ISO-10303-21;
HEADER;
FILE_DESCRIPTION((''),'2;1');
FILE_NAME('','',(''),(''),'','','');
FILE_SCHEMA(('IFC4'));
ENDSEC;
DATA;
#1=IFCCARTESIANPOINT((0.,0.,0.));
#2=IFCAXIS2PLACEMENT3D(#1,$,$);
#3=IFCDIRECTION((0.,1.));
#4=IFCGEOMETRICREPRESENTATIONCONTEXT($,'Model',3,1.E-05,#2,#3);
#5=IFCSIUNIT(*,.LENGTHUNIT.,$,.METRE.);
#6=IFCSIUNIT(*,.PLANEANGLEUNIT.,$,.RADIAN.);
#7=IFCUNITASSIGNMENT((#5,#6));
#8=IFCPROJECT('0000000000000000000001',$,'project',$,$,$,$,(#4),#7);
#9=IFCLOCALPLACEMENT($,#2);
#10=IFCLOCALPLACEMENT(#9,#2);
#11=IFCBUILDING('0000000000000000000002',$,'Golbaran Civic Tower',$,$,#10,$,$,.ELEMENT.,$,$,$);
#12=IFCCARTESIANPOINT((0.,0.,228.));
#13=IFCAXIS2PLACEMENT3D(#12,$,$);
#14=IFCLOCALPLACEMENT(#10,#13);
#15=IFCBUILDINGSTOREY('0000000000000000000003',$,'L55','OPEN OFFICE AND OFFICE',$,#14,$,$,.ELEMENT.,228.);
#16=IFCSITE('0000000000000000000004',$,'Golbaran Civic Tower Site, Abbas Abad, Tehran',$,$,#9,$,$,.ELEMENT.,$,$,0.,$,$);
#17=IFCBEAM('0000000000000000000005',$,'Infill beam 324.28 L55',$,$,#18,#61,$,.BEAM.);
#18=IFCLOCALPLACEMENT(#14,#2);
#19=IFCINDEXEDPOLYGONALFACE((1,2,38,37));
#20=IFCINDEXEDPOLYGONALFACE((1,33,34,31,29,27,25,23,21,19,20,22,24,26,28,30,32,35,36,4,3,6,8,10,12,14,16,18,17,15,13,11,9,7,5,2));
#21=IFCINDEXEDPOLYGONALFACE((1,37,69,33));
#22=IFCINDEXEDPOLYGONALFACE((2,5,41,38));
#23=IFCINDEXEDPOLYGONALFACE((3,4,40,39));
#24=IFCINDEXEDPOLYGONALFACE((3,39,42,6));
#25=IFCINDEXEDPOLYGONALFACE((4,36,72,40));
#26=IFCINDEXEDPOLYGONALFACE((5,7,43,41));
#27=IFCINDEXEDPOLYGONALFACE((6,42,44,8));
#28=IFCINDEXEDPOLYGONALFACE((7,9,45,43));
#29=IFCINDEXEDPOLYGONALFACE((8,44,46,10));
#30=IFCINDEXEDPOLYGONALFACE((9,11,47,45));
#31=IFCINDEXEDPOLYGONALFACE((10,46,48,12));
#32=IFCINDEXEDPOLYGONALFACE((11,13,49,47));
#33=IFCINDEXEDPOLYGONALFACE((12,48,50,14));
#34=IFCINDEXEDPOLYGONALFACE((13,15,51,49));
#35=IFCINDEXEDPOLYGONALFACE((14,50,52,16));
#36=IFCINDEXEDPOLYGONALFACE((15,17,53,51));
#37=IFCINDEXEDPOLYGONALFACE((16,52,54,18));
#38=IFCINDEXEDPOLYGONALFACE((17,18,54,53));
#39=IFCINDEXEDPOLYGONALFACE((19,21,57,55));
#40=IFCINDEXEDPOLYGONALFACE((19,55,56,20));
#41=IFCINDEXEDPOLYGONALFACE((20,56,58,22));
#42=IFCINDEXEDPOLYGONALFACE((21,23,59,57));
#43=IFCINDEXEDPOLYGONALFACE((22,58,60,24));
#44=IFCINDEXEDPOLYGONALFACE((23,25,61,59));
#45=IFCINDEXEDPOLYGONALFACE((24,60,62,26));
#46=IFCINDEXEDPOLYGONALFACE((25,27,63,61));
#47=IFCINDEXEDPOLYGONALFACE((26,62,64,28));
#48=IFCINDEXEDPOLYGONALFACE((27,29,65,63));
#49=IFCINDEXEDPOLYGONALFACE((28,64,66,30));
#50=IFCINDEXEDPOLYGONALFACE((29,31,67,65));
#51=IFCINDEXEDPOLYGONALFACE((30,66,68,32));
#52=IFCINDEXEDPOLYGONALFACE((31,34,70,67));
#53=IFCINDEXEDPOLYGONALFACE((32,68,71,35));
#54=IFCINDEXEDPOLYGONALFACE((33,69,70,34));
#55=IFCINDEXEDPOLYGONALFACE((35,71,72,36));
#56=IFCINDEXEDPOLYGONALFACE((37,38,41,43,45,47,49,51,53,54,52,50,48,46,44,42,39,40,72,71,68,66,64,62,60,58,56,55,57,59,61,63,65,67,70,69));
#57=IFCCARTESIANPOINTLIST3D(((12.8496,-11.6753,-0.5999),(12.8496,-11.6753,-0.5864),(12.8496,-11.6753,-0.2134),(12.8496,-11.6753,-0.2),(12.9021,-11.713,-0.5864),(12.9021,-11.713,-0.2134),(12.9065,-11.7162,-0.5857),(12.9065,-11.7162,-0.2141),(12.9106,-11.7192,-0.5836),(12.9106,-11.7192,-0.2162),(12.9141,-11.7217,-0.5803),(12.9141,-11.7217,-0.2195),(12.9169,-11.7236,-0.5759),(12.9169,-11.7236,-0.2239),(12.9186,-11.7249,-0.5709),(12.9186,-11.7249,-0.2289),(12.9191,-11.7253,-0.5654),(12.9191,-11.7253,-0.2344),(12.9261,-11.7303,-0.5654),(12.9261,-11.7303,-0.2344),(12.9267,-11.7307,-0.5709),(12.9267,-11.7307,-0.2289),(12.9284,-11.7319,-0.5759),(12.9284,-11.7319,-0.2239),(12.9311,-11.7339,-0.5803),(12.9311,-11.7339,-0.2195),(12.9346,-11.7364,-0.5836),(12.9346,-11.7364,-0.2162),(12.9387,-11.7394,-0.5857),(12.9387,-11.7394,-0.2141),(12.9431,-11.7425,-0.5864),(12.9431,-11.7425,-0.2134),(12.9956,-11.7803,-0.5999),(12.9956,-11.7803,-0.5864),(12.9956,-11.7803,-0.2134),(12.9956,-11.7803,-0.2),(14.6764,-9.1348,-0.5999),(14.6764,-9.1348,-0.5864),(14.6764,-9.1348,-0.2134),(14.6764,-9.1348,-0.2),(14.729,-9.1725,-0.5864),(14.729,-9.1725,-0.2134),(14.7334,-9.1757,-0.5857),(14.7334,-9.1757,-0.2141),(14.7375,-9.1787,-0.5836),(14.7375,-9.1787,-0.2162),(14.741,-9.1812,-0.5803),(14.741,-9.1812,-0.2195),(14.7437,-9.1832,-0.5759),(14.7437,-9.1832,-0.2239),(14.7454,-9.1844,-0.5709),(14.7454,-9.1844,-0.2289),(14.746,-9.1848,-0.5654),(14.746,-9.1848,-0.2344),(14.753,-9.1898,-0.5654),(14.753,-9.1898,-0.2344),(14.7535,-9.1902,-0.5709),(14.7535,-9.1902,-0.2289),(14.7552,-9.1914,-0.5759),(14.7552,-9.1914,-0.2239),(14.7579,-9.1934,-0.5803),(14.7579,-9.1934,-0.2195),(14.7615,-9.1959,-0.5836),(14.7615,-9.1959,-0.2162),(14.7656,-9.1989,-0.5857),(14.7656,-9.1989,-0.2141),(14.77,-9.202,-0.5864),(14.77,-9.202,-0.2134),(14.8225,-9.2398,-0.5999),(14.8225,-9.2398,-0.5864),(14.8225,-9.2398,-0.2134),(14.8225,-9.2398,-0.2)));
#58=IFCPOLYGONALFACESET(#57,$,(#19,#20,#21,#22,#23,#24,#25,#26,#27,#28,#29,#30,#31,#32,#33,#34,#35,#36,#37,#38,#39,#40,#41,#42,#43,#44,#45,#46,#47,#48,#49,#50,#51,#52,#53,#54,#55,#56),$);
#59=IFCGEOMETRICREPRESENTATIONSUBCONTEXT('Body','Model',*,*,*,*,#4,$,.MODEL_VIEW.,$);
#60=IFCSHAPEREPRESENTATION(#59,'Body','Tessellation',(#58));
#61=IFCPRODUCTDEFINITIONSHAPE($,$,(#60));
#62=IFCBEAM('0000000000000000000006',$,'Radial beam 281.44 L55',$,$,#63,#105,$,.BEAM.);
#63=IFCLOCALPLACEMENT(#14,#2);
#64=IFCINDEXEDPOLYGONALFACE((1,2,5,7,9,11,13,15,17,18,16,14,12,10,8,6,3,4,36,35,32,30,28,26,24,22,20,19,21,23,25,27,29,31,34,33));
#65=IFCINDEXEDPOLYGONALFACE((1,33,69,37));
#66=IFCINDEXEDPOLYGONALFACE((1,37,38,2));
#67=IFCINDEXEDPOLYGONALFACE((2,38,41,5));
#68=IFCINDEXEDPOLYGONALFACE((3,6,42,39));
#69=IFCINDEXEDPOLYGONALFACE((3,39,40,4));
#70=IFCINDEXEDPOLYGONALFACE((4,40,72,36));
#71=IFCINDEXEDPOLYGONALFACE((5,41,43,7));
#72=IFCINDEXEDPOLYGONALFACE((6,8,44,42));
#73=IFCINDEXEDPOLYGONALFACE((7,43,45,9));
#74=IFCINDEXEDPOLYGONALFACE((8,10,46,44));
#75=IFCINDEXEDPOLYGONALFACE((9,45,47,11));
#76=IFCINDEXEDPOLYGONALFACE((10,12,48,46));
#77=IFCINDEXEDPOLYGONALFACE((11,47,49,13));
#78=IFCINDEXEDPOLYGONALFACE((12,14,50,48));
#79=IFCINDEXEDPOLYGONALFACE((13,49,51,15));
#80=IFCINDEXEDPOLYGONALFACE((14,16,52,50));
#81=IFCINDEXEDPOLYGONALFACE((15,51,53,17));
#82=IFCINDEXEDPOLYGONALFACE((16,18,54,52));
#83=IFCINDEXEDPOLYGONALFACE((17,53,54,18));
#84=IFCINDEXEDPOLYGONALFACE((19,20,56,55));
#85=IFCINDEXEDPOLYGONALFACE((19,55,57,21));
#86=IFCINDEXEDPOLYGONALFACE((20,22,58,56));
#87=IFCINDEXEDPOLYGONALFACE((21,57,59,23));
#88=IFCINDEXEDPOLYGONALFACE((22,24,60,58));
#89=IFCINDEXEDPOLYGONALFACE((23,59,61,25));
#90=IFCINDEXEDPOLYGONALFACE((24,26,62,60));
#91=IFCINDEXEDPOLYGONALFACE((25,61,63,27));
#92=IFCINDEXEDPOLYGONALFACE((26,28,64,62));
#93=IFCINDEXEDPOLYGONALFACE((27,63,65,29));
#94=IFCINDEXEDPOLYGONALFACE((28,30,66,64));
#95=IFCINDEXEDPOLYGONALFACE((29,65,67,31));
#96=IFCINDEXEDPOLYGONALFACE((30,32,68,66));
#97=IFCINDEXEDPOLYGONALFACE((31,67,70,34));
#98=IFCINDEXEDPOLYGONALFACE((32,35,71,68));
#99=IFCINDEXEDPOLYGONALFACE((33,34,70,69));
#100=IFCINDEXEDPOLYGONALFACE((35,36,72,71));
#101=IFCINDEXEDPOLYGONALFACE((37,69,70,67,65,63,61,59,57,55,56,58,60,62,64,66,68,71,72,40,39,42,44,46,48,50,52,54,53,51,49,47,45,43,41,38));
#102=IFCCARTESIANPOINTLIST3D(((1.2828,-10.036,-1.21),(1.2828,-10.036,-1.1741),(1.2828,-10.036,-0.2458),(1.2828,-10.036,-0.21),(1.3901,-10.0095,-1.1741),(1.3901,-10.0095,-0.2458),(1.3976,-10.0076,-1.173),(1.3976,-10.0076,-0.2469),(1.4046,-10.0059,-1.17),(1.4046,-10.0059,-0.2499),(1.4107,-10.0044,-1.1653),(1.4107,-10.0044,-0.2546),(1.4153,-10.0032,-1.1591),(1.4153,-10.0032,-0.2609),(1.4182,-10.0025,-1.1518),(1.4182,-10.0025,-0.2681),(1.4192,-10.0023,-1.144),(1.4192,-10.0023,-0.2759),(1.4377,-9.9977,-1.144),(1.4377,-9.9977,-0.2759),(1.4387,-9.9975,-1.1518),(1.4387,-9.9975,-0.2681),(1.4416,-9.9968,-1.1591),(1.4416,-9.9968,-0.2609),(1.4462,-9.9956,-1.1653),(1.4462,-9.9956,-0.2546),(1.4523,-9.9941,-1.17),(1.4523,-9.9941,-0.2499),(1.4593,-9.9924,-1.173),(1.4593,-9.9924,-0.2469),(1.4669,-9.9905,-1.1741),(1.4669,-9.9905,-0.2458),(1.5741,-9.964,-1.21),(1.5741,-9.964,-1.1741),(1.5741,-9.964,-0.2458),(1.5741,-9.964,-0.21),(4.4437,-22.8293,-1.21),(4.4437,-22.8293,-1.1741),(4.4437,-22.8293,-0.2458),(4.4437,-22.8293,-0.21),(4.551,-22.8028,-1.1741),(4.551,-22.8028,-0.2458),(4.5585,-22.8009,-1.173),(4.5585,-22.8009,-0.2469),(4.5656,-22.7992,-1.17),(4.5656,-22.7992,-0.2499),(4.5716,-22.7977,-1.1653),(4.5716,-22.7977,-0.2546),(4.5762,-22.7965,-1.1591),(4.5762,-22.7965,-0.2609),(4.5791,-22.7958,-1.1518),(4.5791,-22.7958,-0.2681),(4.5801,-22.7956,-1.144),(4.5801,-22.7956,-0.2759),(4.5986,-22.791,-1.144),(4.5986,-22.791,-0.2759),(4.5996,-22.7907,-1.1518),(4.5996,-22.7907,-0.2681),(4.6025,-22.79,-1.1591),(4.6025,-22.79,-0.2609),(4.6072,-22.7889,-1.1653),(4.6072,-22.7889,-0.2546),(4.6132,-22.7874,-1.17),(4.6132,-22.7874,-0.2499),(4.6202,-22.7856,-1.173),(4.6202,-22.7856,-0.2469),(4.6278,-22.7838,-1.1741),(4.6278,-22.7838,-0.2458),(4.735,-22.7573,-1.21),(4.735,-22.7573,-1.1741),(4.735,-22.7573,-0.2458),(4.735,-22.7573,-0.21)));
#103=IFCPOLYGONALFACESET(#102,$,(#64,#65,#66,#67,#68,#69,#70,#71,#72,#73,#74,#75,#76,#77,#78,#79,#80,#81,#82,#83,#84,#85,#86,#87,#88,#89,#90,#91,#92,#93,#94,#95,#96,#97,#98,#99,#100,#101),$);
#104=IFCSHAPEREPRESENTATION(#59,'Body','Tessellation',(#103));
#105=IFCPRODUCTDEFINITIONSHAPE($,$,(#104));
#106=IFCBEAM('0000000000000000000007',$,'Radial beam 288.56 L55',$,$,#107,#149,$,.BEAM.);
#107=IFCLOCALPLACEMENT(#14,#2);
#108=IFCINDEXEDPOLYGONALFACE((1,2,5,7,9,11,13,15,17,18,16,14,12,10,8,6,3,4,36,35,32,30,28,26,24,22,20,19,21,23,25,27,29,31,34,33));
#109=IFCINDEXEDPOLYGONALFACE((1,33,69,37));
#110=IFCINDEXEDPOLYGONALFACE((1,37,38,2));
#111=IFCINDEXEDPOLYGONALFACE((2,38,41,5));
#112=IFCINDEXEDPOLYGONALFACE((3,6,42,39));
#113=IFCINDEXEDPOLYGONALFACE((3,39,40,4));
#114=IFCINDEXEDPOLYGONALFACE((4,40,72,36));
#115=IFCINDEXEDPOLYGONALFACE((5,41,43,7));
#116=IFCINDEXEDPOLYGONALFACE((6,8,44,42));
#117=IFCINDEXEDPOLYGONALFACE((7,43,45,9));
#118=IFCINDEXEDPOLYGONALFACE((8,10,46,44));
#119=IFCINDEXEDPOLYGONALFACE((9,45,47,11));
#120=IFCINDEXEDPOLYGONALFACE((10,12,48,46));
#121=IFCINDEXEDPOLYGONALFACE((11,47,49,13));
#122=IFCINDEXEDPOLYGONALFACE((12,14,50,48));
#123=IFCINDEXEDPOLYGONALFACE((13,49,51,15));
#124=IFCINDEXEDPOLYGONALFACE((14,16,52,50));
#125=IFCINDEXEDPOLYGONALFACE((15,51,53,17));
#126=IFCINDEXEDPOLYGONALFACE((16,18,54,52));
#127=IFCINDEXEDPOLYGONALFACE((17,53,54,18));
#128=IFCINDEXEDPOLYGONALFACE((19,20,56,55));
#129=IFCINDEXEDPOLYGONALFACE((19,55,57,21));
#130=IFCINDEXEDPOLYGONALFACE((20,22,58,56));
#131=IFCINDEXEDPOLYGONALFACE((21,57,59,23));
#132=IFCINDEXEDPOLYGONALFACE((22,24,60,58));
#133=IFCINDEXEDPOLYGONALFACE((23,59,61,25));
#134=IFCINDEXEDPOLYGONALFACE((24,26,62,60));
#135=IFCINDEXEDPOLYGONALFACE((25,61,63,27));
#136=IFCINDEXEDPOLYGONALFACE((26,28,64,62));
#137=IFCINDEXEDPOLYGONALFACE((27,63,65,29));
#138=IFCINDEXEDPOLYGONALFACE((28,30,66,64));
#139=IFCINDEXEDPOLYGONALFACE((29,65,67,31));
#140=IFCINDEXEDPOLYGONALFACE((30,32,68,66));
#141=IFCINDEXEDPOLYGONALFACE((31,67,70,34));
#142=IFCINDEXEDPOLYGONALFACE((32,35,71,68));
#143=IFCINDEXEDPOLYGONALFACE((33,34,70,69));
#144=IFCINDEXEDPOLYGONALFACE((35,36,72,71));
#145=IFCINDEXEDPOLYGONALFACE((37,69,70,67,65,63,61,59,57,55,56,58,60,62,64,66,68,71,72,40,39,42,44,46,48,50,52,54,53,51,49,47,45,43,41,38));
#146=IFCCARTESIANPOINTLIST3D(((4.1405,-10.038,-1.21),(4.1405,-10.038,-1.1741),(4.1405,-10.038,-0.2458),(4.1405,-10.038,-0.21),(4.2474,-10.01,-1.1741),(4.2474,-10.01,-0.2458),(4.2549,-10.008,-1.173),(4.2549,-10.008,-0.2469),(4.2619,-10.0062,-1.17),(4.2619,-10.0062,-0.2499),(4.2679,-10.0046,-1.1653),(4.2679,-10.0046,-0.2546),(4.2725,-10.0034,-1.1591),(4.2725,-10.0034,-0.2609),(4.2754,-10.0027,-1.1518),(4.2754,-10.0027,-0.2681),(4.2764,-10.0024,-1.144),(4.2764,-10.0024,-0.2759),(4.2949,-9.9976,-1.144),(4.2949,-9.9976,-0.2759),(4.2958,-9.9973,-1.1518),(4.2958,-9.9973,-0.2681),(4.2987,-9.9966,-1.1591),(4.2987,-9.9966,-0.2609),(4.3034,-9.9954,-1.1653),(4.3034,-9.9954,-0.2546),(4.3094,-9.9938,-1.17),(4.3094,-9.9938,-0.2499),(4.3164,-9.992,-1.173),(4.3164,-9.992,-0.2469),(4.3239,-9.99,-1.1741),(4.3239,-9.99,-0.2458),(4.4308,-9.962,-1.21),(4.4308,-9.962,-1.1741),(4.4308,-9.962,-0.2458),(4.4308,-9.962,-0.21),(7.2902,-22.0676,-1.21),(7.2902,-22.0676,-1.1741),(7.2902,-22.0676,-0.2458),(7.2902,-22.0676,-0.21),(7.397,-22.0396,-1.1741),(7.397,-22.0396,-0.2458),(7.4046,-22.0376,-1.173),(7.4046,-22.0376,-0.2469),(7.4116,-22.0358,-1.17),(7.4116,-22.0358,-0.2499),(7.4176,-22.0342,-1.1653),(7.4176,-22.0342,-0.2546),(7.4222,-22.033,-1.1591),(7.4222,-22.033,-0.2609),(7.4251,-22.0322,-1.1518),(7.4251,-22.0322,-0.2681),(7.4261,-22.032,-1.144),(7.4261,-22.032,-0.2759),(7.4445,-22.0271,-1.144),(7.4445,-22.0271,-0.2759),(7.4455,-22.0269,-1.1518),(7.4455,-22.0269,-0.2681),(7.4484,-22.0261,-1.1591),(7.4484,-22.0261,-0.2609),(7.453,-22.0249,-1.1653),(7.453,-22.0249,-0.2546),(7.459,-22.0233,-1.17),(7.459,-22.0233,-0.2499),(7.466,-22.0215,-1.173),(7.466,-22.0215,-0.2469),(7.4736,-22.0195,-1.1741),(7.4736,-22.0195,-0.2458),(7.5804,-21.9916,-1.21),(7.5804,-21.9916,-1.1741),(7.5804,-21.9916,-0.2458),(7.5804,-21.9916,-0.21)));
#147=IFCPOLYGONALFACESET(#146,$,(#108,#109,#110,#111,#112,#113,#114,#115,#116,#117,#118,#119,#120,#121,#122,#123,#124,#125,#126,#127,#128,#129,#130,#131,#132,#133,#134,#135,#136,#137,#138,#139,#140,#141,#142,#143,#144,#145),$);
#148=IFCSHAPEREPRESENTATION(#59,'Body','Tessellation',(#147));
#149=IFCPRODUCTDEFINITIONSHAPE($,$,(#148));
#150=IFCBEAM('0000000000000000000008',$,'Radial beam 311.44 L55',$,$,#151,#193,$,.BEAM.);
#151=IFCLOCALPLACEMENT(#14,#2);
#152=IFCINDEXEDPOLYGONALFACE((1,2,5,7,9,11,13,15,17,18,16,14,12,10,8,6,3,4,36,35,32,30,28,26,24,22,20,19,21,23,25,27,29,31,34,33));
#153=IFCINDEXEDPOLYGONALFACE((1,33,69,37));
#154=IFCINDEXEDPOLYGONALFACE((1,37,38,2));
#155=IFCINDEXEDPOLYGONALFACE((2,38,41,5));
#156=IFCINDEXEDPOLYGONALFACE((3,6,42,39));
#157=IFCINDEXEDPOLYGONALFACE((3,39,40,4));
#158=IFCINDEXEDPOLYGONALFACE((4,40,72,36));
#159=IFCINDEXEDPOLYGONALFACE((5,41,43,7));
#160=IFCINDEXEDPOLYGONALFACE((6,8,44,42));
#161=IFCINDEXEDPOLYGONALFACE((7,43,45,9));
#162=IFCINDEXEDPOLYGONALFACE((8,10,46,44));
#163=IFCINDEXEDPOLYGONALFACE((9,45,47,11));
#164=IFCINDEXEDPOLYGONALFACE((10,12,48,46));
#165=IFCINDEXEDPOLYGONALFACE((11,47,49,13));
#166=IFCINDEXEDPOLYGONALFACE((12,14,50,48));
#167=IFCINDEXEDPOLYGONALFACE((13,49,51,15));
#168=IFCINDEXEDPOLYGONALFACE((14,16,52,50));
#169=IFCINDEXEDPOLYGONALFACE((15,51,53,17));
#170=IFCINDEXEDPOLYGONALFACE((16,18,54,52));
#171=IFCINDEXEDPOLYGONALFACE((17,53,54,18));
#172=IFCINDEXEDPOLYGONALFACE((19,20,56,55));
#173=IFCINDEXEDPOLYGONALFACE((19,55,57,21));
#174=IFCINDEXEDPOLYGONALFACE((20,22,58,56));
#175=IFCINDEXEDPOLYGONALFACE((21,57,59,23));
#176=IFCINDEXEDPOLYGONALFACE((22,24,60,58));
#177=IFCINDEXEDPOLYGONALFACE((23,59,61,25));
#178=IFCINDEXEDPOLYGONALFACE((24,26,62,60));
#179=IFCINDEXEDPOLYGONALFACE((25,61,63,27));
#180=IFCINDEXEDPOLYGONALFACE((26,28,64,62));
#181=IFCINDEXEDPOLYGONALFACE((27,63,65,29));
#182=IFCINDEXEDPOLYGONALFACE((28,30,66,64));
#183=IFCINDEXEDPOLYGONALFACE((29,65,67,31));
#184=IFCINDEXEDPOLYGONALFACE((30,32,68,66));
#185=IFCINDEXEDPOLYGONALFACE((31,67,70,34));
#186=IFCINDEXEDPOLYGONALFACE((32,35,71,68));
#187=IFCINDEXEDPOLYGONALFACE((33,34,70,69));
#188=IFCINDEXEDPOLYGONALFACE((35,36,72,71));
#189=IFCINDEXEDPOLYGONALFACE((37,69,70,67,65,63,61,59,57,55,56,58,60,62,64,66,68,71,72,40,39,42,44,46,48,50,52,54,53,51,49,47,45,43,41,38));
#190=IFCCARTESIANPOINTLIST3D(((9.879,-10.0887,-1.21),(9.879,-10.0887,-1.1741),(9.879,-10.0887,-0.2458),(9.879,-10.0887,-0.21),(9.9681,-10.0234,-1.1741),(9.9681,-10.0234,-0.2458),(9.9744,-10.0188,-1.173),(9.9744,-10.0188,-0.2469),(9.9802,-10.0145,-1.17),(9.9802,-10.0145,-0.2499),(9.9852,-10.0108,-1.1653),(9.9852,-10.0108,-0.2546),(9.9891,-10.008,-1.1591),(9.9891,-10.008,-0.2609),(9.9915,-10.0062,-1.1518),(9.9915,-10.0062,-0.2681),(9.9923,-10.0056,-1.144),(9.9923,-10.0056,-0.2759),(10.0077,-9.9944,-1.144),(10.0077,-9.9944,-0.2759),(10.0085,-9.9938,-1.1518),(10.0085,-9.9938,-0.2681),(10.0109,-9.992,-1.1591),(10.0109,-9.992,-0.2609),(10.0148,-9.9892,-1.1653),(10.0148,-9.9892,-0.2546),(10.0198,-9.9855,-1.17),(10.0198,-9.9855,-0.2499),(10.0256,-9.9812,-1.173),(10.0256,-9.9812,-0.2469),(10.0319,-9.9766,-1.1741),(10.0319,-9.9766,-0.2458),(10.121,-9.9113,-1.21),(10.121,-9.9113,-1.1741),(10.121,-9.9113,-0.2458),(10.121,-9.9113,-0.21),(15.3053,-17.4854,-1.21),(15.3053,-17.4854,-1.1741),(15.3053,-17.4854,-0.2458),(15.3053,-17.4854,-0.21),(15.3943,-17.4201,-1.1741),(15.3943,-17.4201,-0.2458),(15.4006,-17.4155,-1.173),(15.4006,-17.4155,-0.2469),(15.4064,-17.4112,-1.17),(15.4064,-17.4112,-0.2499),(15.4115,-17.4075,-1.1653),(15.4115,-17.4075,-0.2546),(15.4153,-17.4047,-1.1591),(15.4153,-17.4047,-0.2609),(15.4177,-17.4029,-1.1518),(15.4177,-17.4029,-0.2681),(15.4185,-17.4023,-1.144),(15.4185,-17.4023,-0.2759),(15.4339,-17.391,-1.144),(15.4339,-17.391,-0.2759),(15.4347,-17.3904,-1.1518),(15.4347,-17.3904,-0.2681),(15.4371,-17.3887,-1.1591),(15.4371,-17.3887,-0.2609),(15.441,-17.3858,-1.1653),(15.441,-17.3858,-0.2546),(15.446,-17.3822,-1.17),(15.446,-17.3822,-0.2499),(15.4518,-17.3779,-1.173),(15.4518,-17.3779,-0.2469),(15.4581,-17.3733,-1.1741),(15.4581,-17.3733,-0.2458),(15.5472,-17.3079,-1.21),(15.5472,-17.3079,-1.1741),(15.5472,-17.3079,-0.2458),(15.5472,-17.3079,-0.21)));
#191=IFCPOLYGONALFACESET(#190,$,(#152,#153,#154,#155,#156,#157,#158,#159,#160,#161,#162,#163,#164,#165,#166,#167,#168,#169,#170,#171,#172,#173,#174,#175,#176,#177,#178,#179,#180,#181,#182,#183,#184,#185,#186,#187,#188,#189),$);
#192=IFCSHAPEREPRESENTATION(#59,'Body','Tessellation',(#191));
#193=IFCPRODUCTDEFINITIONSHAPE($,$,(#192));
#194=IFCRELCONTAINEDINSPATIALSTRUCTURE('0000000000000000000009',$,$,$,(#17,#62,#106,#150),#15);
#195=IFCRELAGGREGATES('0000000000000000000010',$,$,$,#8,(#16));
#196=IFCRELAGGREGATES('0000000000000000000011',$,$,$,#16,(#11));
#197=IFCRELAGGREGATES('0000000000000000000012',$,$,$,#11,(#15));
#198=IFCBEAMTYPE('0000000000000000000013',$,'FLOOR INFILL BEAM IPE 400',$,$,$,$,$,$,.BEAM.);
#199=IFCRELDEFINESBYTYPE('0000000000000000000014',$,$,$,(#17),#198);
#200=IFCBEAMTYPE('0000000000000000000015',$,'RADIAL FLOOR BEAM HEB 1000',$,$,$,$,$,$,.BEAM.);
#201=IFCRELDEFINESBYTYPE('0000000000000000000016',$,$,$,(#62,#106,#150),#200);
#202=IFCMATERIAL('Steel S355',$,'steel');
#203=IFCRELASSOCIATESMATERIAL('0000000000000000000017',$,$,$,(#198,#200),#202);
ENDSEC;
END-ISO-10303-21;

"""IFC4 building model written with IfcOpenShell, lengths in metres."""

from ifc_helpers import new_model, si_unit, direction, frame, origin, origin_2d, place, context, subcontext, project, spatial, i_section, extrude, material, material_profile, profile_set, type_object, element, save


model = new_model("IFC4")

# Units and contexts
model_context = context("Model", 3, precision=1e-05, world=origin(), true_north=direction((0.0, 1.0)))
body_context = subcontext(model_context, "Body", "Model", "MODEL_VIEW")
ifc_project = project(units=[si_unit("LENGTHUNIT", "METRE"), si_unit("PLANEANGLEUNIT", "RADIAN")], contexts=[model_context])

# Site, building, storey
site_placement = place(None, origin())
site = spatial("IfcSite", under=ifc_project, at=site_placement, Name="Golbaran Civic Tower Site, Abbas Abad, Tehran", CompositionType="ELEMENT", RefElevation=0.0)
building_placement = place(site_placement, origin())
building = spatial("IfcBuilding", under=site, at=building_placement, Name="Golbaran Civic Tower", CompositionType="ELEMENT")
storey_placement = place(building_placement, frame((0.0, 0.0, 228.0)))
storey = spatial("IfcBuildingStorey", under=building, at=storey_placement, Name="L55", Description="OPEN OFFICE AND OFFICE", CompositionType="ELEMENT", Elevation=228.0)

# Beams
ifc_material_1 = material(Name="Steel S355", Category="steel")
ifc_material_profile_1 = material_profile(ifc_material_1, i_section(OverallWidth=0.1799, OverallDepth=0.3999, WebThickness=0.0085, FlangeThickness=0.0134, FilletRadius=0.021, at=origin_2d()), Name="IPE 400")
ifc_profile_set_1 = profile_set([ifc_material_profile_1], Name="Steel S355")
beam_type_1 = type_object("IfcBeamType", Name="FLOOR INFILL BEAM IPE 400", PredefinedType="BEAM", material=ifc_profile_set_1)
beam_1_placement = place(storey_placement, frame((12.9226, -11.7278, -0.3999), z_axis=(0.583826, 0.811879, 0.0), x_axis=(-0.811879, 0.583826, 0.0)))
element("IfcBeam", 1, at=beam_1_placement, inside=storey, type_object=beam_type_1, Name="Infill beam 324.28 L55", PredefinedType="BEAM", context=body_context, shape_type="SweptSolid", body=[
    extrude(i_section(OverallWidth=0.1799, OverallDepth=0.3999, WebThickness=0.0085, FlangeThickness=0.0134, FilletRadius=0.021, at=origin_2d()), origin(), (0.0, 0.0, 1.0), 3.1292),
])
ifc_material_profile_2 = material_profile(ifc_material_1, i_section(OverallWidth=0.3, OverallDepth=1.0, WebThickness=0.019, FlangeThickness=0.0359, FilletRadius=0.03, at=origin_2d()), Name="HEB 1000")
ifc_profile_set_2 = profile_set([ifc_material_profile_2], Name="Steel S355")
beam_type_2 = type_object("IfcBeamType", Name="RADIAL FLOOR BEAM HEB 1000", PredefinedType="BEAM", material=ifc_profile_set_2)
beam_2_placement = place(storey_placement, frame((1.4285, -10.0, -0.71), z_axis=(0.239863, -0.970807, 0.0), x_axis=(0.970807, 0.239863, 0.0)))
element("IfcBeam", 2, at=beam_2_placement, inside=storey, type_object=beam_type_2, Name="Radial beam 281.44 L55", PredefinedType="BEAM", context=body_context, shape_type="SweptSolid", body=[
    extrude(i_section(OverallWidth=0.3, OverallDepth=1.0, WebThickness=0.019, FlangeThickness=0.0359, FilletRadius=0.03, at=origin_2d()), origin(), (0.0, 0.0, 1.0), 13.178),
])
beam_3_placement = place(storey_placement, frame((4.2856, -10.0, -0.71), z_axis=(0.253289, -0.967391, 0.0), x_axis=(0.967391, 0.253289, 0.0)))
element("IfcBeam", 3, at=beam_3_placement, inside=storey, type_object=beam_type_2, Name="Radial beam 288.56 L55", PredefinedType="BEAM", context=body_context, shape_type="SweptSolid", body=[
    extrude(i_section(OverallWidth=0.3, OverallDepth=1.0, WebThickness=0.019, FlangeThickness=0.0359, FilletRadius=0.03, at=origin_2d()), origin(), (0.0, 0.0, 1.0), 12.4351),
])
beam_4_placement = place(storey_placement, frame((10.0, -10.0, -0.71), z_axis=(0.591506, -0.806301, 0.0), x_axis=(0.806301, 0.591506, 0.0)))
element("IfcBeam", 4, at=beam_4_placement, inside=storey, type_object=beam_type_2, Name="Radial beam 311.44 L55", PredefinedType="BEAM", context=body_context, shape_type="SweptSolid", body=[
    extrude(i_section(OverallWidth=0.3, OverallDepth=1.0, WebThickness=0.019, FlangeThickness=0.0359, FilletRadius=0.03, at=origin_2d()), origin(), (0.0, 0.0, 1.0), 9.1736),
])

save(model, "model.ifc")
